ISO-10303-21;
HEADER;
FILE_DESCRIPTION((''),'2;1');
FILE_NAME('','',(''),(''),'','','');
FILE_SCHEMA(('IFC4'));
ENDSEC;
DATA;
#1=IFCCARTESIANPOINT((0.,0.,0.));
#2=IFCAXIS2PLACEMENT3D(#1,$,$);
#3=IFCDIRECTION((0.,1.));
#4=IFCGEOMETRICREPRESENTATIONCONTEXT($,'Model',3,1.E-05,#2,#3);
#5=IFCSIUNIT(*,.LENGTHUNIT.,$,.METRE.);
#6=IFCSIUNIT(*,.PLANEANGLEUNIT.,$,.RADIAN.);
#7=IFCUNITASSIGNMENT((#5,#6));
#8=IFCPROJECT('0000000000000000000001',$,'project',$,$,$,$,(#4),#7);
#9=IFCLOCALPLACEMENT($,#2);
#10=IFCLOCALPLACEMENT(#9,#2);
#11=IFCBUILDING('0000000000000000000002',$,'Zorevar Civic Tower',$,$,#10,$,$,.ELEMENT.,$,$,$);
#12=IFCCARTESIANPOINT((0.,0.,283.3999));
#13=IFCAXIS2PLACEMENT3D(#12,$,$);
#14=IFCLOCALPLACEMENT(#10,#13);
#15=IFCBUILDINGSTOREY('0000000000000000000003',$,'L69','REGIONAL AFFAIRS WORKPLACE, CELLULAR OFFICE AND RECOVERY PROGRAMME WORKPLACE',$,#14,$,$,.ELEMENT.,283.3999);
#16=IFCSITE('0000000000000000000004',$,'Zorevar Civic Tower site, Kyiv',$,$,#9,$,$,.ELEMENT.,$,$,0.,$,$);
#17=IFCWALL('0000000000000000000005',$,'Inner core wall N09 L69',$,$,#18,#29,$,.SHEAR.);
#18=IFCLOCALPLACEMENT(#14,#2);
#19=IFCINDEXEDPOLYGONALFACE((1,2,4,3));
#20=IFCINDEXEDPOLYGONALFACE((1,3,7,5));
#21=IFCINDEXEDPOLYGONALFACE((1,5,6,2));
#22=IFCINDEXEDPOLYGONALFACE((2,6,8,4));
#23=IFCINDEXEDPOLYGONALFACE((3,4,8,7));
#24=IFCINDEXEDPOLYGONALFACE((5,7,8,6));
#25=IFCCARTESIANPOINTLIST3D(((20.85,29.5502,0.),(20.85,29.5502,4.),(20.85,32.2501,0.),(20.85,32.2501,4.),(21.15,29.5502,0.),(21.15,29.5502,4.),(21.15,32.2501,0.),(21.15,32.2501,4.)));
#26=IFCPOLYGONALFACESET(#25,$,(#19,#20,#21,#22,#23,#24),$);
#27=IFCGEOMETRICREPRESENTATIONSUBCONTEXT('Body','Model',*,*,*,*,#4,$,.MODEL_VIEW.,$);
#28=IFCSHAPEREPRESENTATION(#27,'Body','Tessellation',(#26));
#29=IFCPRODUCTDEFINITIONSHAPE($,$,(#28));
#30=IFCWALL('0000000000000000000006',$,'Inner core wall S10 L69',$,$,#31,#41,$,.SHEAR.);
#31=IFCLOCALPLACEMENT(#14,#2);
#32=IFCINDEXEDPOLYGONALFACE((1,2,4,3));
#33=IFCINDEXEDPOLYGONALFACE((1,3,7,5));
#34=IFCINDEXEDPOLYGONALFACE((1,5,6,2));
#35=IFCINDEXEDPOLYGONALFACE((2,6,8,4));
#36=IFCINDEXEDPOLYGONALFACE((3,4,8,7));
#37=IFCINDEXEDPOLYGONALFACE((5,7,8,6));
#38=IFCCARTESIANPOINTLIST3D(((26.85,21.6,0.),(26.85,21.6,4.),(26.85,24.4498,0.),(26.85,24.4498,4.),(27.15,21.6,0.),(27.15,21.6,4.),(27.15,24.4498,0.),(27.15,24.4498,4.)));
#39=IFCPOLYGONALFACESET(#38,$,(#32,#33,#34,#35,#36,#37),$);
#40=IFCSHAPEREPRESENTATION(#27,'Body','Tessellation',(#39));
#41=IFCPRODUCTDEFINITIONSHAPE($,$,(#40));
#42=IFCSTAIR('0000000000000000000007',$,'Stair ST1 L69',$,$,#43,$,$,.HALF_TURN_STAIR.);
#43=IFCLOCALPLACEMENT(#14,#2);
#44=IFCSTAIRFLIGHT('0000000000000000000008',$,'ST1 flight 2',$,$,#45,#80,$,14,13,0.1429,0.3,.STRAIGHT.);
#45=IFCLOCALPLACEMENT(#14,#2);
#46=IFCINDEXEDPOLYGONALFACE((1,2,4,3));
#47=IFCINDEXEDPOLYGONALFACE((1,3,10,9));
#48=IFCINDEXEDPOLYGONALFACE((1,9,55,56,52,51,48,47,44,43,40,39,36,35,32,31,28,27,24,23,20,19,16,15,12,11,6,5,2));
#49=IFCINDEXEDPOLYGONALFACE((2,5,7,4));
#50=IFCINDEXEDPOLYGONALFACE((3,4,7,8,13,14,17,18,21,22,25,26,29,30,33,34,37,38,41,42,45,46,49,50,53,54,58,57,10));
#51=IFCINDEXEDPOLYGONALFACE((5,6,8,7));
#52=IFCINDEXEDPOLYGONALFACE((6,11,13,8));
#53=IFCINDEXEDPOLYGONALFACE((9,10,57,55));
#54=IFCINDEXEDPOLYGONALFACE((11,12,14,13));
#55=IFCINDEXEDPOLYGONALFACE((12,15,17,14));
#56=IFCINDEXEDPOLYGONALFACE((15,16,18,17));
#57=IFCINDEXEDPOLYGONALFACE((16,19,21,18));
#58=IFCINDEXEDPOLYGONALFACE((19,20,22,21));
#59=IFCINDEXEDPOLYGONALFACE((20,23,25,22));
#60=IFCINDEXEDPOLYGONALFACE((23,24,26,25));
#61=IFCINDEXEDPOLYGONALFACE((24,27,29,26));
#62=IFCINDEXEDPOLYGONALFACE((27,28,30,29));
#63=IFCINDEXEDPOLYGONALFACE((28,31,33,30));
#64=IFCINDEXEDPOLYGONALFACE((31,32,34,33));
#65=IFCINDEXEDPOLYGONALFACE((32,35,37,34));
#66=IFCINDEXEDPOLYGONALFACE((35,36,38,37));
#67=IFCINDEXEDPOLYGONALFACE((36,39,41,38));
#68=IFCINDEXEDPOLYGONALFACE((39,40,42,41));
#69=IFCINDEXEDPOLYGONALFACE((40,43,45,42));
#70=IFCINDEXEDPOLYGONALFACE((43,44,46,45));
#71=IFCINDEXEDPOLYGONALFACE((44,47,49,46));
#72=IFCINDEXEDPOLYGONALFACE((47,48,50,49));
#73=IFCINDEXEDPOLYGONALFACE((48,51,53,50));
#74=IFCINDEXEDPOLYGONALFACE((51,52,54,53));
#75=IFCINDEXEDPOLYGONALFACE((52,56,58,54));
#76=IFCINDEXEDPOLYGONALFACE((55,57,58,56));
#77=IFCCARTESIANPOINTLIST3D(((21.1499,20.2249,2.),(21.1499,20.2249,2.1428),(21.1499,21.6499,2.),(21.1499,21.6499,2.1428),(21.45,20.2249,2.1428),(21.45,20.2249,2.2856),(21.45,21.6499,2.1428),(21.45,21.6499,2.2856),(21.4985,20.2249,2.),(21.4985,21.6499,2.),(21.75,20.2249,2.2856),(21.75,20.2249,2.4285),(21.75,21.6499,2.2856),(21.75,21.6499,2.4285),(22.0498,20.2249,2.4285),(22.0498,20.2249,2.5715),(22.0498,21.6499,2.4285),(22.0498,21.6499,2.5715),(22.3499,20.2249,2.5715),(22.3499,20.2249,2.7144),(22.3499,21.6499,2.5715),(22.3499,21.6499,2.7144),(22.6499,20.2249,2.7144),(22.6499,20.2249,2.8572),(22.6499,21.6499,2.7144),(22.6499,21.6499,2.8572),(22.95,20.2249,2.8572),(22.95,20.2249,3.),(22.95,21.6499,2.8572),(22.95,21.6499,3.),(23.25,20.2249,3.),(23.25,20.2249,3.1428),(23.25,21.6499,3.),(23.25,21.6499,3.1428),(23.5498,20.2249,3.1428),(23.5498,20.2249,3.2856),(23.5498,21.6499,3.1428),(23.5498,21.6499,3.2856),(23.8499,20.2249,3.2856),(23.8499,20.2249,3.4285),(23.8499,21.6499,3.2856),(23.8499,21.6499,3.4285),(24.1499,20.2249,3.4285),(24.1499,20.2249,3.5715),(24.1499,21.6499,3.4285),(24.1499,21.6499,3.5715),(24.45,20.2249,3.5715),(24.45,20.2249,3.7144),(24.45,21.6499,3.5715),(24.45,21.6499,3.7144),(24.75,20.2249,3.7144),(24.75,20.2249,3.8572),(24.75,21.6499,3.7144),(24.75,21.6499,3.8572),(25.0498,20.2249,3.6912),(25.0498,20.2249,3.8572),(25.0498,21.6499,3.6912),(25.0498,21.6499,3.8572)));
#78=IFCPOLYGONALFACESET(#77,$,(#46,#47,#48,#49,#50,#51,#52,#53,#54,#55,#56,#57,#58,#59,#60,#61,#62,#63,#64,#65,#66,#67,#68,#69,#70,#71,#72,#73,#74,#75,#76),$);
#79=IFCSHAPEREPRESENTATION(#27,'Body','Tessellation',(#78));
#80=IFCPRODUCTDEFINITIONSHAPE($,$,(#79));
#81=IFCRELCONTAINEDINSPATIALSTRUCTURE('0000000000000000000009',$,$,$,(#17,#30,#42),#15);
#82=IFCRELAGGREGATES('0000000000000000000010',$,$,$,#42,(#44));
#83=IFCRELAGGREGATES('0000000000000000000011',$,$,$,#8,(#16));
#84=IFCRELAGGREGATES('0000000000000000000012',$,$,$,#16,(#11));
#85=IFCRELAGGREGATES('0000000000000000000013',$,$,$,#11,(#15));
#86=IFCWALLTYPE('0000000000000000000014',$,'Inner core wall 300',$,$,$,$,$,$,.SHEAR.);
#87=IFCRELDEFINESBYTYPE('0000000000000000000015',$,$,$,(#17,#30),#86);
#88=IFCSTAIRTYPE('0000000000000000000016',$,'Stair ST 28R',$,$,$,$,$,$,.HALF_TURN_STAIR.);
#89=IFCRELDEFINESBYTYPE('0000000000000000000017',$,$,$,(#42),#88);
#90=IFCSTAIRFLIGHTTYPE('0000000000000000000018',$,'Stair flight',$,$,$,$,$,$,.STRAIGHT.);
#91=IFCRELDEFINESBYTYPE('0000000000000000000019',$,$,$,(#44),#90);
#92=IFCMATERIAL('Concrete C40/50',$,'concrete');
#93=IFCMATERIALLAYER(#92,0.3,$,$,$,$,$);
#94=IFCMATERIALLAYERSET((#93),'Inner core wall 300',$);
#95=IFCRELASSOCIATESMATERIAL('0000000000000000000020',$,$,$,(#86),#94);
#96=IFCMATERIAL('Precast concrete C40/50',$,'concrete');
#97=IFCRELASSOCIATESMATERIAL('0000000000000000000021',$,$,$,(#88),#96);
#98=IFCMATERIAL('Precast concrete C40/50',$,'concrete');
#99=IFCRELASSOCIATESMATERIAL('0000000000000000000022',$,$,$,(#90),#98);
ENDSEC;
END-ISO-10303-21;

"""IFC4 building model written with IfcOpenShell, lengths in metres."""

from ifc_helpers import new_model, si_unit, direction, frame, frame_2d, origin, place, context, subcontext, project, spatial, polyline, rectangle, outline, extrude, material, layer, layer_set, type_object, element, aggregate, save


model = new_model("IFC4")

# Units and contexts
model_context = context("Model", 3, precision=1e-05, world=origin(), true_north=direction((0.0, 1.0)))
body_context = subcontext(model_context, "Body", "Model", "MODEL_VIEW")
ifc_project = project(units=[si_unit("LENGTHUNIT", "METRE"), si_unit("PLANEANGLEUNIT", "RADIAN")], contexts=[model_context])

# Site, building, storey
site_placement = place(None, origin())
site = spatial("IfcSite", under=ifc_project, at=site_placement, Name="Zorevar Civic Tower site, Kyiv", CompositionType="ELEMENT", RefElevation=0.0)
building_placement = place(site_placement, origin())
building = spatial("IfcBuilding", under=site, at=building_placement, Name="Zorevar Civic Tower", CompositionType="ELEMENT")
storey_placement = place(building_placement, frame((0.0, 0.0, 283.3999)))
storey = spatial("IfcBuildingStorey", under=building, at=storey_placement, Name="L69", Description="REGIONAL AFFAIRS WORKPLACE, CELLULAR OFFICE AND RECOVERY PROGRAMME WORKPLACE", CompositionType="ELEMENT", Elevation=283.3999)

# Shared definitions
ifc_material_1 = material(Name="Concrete C40/50", Category="concrete")
ifc_layer = layer(ifc_material_1, 0.3)
ifc_layer_set = layer_set([ifc_layer], Name="Inner core wall 300")
wall_type = type_object("IfcWallType", Name="Inner core wall 300", PredefinedType="SHEAR", material=ifc_layer_set)

# Walls
wall_1_placement = place(storey_placement, frame((21.0, 29.55, 0.0), z_axis=(0.0, 0.0, 1.0), x_axis=(0.0, 1.0, 0.0)))
element("IfcWall", 1, at=wall_1_placement, inside=storey, type_object=wall_type, Name="Inner core wall N09 L69", PredefinedType="SHEAR", context=body_context, shape_type="SweptSolid", body=[
    extrude(rectangle(XDim=2.7, YDim=0.3, at=frame_2d((1.3501, 0.0))), origin(), (0.0, 0.0, 1.0), 4.0),
])
wall_2_placement = place(storey_placement, frame((27.0, 21.6001, 0.0), z_axis=(0.0, 0.0, 1.0), x_axis=(0.0, 1.0, 0.0)))
element("IfcWall", 2, at=wall_2_placement, inside=storey, type_object=wall_type, Name="Inner core wall S10 L69", PredefinedType="SHEAR", context=body_context, shape_type="SweptSolid", body=[
    extrude(rectangle(XDim=2.8499, YDim=0.3, at=frame_2d((1.4248, 0.0))), origin(), (0.0, 0.0, 1.0), 4.0),
])

# Stair, stair flight
ifc_material_2 = material(Name="Precast concrete C40/50", Category="concrete")
stair_type = type_object("IfcStairType", Name="Stair ST 28R", PredefinedType="HALF_TURN_STAIR", material=ifc_material_2)
stair_placement = place(storey_placement, origin())
stair = element("IfcStair", 3, at=stair_placement, inside=storey, type_object=stair_type, Name="Stair ST1 L69", PredefinedType="HALF_TURN_STAIR")
ifc_material_3 = material(Name="Precast concrete C40/50", Category="concrete")
stair_flight_type = type_object("IfcStairFlightType", Name="Stair flight", PredefinedType="STRAIGHT", material=ifc_material_3)
stair_flight_placement = place(storey_placement, frame((21.1499, 20.9375, 2.0), z_axis=(0.0, 0.0, 1.0), x_axis=(1.0, 0.0, 0.0)))
stair_flight = element("IfcStairFlight", 4, at=stair_flight_placement, type_object=stair_flight_type, Name="ST1 flight 2", NumberOfRisers=14, NumberOfTreads=13, PredefinedType="STRAIGHT", RiserHeight=0.1429, TreadLength=0.3, context=body_context, shape_type="SweptSolid", body=[
    extrude(outline(polyline([(0.0, 0.0), (0.0, 0.1428), (0.3, 0.1428), (0.3, 0.2856), (0.6001, 0.2856), (0.6001, 0.4285), (0.8999, 0.4285), (0.8999, 0.5715), (1.2, 0.5715), (1.2, 0.7144), (1.5, 0.7144), (1.5, 0.8572), (1.8, 0.8572), (1.8, 1.0), (2.1001, 1.0), (2.1001, 1.1428), (2.3999, 1.1428), (2.3999, 1.2856), (2.7, 1.2856), (2.7, 1.4285), (3.0, 1.4285), (3.0, 1.5715), (3.3, 1.5715), (3.3, 1.7144), (3.6001, 1.7144), (3.6001, 1.8572), (3.8999, 1.8572), (3.8999, 2.0), (3.8999, 1.6912), (0.3486, 0.0), (0.0, 0.0)])), frame((0.0, 0.7124, 0.0), z_axis=(0.0, -1.0, 0.0), x_axis=(1.0, 0.0, 0.0)), (0.0, 0.0, 1.0), 1.425),
])
aggregate(stair, [stair_flight])

save(model, "model.ifc")
